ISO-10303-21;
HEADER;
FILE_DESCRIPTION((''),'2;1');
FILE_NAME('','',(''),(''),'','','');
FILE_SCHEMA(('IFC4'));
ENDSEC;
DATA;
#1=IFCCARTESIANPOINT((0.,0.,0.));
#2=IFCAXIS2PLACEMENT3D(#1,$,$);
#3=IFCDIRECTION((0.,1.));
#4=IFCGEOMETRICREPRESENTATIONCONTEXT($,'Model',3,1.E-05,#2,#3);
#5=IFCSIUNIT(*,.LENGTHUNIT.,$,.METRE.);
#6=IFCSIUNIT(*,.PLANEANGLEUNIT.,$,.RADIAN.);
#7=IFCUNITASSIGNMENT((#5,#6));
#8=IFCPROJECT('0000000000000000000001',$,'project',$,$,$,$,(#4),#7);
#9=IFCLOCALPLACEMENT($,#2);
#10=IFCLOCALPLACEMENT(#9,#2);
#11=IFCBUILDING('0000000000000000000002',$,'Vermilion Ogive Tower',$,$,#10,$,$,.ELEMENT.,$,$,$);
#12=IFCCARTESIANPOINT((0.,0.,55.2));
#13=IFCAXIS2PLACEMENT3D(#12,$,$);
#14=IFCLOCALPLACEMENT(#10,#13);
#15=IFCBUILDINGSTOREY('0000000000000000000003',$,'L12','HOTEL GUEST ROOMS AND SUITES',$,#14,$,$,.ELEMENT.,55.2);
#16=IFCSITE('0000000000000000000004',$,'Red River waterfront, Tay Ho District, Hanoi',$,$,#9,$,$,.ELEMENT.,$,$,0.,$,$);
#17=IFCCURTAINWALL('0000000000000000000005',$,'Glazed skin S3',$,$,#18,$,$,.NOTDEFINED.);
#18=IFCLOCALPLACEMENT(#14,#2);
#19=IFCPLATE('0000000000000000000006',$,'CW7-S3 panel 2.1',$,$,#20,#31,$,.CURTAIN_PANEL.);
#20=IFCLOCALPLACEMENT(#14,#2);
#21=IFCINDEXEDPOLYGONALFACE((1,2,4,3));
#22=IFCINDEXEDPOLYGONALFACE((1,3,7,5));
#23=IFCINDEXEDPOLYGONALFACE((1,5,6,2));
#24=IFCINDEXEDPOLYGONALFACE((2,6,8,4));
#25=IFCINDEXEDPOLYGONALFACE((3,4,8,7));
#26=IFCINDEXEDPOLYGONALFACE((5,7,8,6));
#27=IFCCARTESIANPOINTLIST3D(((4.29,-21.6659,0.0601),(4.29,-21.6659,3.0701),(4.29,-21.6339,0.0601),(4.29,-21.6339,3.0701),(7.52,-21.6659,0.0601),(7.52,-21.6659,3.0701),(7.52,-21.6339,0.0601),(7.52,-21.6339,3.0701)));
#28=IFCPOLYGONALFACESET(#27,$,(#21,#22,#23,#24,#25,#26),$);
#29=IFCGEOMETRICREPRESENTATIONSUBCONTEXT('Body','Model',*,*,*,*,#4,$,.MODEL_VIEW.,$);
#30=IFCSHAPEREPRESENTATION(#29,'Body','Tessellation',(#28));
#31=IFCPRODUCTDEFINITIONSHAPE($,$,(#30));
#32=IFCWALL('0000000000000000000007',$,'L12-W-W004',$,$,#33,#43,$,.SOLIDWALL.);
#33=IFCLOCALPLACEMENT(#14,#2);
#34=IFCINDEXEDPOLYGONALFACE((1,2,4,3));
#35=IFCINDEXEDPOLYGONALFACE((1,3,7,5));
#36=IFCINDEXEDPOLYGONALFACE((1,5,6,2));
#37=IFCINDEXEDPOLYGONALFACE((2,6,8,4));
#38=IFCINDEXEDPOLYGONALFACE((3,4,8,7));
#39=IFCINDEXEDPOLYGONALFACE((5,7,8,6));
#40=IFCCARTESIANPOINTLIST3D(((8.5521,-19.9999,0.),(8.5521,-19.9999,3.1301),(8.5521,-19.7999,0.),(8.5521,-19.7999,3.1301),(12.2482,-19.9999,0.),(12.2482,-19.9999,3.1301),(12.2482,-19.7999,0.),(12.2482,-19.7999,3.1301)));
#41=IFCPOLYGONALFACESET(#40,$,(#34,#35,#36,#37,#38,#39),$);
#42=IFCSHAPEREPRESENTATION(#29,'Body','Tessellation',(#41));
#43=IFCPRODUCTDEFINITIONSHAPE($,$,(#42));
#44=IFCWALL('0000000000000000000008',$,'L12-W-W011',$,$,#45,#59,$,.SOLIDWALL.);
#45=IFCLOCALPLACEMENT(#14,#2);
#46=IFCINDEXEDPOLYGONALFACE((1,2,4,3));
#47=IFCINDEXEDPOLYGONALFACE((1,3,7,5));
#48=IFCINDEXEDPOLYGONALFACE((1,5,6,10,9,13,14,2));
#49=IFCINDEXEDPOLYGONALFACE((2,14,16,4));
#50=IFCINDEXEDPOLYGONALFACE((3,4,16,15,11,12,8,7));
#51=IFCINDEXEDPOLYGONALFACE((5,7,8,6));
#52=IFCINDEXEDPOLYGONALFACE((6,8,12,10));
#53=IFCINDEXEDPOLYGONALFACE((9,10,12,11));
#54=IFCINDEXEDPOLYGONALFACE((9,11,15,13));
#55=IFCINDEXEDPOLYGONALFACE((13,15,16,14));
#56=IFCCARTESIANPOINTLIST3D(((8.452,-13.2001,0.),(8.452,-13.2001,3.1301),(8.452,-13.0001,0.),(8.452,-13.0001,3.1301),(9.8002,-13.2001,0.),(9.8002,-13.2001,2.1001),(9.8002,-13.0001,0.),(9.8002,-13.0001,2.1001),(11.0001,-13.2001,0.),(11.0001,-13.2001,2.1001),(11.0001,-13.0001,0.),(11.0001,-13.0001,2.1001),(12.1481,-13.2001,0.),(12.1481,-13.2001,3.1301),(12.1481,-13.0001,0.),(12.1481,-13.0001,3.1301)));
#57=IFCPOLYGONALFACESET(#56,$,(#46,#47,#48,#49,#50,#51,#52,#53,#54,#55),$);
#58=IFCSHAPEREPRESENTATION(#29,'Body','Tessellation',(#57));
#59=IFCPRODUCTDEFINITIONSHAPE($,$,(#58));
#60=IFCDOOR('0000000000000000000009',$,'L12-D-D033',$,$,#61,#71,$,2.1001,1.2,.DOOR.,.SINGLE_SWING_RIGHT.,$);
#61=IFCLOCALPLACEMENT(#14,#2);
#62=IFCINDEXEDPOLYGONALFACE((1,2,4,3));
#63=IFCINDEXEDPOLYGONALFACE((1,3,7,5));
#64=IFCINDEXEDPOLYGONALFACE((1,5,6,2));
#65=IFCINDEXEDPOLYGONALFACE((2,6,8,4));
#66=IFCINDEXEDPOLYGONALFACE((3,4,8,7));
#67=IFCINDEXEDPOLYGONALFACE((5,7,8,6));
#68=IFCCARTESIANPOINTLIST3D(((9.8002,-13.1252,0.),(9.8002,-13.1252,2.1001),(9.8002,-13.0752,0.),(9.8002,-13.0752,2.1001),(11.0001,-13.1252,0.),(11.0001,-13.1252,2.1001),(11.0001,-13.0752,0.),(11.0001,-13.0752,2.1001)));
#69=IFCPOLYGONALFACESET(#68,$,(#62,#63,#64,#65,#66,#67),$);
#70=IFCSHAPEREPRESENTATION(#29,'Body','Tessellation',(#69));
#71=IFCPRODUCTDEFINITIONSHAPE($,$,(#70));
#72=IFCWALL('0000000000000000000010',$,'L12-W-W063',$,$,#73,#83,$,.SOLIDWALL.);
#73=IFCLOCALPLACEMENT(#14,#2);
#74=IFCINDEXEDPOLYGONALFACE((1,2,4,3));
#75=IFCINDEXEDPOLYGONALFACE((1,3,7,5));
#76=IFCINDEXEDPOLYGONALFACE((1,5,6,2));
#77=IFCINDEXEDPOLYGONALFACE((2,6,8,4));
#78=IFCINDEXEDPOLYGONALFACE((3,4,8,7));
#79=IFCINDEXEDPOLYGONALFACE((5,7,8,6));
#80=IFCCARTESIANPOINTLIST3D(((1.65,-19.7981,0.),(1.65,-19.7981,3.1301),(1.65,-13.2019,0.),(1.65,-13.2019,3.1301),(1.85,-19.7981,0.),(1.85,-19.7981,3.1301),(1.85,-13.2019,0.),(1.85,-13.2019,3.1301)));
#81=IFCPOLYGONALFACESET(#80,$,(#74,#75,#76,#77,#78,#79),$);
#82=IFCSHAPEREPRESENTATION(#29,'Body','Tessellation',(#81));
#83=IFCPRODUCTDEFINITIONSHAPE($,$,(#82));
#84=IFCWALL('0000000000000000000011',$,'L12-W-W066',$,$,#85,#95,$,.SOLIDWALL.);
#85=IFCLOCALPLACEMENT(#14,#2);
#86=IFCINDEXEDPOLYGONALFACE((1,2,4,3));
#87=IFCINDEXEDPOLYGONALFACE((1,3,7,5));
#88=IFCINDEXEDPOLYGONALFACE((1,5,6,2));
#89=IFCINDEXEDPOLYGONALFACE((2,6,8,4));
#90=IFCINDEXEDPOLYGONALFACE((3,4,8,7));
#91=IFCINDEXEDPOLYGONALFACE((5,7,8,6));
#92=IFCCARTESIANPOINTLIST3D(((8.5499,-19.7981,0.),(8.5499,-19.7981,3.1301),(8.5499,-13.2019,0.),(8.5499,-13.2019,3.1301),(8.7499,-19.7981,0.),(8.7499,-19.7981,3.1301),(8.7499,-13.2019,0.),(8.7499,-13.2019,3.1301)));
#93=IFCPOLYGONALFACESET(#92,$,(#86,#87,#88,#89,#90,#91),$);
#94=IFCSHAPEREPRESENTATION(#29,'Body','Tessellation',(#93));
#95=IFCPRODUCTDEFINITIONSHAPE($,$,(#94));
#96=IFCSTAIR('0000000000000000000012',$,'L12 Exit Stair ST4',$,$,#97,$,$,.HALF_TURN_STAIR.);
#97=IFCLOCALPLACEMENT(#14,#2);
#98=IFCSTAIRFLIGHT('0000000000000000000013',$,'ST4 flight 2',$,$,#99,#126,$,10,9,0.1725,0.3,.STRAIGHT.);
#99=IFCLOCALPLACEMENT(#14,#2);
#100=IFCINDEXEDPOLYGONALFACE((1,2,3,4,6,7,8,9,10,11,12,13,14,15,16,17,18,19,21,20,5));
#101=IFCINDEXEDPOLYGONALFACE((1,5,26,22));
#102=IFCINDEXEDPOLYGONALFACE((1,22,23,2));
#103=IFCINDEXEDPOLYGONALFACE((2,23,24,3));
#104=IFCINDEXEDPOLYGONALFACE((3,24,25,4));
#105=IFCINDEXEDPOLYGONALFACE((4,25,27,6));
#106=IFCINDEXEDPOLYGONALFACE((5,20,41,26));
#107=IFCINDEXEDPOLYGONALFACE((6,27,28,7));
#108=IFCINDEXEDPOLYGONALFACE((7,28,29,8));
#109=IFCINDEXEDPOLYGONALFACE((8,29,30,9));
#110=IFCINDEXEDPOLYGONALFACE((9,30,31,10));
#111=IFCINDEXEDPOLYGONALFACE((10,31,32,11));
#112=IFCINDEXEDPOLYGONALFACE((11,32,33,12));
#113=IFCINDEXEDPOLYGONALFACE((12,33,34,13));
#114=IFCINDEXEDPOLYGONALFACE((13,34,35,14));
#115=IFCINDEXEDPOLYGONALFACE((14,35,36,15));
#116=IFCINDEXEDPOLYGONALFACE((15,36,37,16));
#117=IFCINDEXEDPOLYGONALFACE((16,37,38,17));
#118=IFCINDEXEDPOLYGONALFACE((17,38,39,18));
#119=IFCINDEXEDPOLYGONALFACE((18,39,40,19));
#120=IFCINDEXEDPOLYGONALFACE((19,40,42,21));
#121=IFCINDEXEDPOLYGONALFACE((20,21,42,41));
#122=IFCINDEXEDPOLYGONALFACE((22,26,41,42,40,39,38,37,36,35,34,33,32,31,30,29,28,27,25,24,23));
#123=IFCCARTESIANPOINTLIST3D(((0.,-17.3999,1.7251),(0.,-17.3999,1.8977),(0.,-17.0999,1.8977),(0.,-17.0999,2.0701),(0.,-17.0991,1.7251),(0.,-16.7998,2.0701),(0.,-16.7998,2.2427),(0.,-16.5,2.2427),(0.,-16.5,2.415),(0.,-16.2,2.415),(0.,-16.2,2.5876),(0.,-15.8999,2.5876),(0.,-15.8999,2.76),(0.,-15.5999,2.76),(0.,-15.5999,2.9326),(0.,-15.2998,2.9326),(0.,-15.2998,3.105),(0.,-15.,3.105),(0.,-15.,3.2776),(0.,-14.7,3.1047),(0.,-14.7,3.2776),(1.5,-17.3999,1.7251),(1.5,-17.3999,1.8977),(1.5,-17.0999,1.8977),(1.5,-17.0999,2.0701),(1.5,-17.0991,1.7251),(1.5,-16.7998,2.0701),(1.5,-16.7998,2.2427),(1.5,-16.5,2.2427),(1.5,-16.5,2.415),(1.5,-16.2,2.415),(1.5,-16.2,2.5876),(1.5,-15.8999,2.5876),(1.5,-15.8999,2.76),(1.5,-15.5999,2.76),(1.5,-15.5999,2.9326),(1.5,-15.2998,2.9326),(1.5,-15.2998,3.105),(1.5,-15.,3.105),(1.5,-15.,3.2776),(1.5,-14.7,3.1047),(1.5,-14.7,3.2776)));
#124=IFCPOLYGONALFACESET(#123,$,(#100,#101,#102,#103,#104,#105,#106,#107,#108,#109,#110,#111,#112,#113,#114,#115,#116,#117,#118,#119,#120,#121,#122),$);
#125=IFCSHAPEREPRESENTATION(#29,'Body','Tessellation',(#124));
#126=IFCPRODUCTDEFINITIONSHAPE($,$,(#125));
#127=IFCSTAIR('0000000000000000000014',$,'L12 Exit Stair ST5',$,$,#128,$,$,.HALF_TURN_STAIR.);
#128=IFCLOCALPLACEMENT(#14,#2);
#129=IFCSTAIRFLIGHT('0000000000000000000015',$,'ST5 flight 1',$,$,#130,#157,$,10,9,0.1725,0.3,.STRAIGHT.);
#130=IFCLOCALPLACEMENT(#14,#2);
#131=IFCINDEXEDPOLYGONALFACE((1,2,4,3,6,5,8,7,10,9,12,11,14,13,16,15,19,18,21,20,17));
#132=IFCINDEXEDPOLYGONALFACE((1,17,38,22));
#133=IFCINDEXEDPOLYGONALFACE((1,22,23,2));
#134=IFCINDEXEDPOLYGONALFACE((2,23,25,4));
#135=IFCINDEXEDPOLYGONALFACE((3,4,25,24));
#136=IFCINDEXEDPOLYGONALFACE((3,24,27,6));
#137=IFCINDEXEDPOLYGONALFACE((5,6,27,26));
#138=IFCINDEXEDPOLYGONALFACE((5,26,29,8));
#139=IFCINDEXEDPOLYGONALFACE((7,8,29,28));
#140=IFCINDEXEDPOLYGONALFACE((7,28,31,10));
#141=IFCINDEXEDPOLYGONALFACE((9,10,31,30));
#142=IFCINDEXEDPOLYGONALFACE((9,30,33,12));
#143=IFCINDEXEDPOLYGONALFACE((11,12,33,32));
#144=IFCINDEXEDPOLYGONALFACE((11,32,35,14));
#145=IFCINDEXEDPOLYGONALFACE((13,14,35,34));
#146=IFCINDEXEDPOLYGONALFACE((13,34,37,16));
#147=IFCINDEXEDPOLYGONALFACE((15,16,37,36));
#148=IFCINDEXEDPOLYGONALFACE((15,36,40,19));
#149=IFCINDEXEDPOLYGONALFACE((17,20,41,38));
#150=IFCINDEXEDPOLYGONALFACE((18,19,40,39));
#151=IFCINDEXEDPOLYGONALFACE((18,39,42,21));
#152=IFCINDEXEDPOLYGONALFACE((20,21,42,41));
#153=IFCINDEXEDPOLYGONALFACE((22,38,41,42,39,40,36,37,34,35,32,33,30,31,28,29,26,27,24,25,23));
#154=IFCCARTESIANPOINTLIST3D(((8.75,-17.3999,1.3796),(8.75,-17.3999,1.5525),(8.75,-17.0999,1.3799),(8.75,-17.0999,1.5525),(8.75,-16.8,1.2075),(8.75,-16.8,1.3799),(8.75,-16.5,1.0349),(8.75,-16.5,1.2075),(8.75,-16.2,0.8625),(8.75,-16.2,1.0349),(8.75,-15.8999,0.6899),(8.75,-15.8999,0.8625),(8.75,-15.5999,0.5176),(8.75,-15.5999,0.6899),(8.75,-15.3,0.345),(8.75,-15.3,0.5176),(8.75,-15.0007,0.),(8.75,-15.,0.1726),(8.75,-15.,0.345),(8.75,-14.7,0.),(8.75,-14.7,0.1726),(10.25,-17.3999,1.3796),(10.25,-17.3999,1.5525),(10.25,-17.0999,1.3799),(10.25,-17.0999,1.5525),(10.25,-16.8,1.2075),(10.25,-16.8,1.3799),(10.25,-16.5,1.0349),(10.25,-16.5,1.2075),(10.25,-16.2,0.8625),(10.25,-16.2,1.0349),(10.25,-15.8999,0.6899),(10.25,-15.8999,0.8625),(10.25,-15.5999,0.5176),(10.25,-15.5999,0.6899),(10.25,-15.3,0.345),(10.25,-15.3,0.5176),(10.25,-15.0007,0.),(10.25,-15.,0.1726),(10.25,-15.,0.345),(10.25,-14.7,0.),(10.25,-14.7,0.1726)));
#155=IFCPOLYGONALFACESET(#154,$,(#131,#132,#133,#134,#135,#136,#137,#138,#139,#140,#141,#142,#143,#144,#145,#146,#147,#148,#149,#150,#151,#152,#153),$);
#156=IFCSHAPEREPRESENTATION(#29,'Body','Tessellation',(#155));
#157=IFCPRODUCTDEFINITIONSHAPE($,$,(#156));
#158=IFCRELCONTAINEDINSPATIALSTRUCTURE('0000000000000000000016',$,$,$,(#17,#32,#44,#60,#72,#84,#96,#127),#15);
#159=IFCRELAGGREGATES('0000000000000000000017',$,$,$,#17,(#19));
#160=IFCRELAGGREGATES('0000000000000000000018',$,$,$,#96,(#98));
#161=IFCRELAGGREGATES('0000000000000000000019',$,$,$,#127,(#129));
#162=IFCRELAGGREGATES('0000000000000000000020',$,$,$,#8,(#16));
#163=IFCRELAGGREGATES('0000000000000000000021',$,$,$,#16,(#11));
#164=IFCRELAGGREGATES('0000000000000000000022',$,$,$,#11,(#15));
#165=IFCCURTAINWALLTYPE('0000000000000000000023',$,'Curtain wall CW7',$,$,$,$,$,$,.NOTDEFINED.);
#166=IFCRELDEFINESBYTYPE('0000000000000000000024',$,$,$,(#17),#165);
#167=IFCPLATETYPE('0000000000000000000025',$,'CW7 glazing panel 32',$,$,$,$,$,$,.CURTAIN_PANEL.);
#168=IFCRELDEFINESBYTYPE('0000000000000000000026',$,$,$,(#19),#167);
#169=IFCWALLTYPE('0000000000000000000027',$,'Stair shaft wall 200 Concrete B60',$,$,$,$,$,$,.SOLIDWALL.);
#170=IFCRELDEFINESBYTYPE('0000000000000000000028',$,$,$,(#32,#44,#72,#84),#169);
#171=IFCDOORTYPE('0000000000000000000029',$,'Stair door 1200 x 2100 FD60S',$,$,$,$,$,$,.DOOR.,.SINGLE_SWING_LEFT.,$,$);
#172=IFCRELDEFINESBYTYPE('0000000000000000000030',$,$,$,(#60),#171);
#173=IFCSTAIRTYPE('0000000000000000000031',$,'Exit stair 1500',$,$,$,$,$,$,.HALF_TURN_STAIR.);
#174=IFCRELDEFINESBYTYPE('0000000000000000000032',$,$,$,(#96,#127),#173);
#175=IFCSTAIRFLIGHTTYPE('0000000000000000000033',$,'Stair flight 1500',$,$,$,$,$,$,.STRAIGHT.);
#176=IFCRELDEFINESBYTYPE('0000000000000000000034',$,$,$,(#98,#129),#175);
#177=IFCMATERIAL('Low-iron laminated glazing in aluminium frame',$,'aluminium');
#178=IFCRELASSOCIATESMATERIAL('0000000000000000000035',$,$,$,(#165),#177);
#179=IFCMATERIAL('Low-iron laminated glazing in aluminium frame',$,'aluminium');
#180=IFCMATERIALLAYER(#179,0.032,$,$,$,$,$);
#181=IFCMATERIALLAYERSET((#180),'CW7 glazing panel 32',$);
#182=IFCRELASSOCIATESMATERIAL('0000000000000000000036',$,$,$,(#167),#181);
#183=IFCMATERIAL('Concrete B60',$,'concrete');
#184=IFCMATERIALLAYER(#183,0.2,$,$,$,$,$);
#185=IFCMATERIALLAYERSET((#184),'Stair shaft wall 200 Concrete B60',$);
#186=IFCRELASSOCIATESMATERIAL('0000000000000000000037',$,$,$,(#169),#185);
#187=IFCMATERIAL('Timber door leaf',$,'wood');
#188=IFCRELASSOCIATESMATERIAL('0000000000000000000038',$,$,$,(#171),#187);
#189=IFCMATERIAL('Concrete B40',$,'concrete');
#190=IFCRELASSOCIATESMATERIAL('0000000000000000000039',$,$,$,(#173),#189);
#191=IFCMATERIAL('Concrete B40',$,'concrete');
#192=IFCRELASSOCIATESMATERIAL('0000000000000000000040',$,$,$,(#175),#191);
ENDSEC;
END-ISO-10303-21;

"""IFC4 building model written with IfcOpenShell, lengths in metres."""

from ifc_helpers import new_model, si_unit, direction, frame, frame_2d, origin, origin_2d, place, context, subcontext, project, spatial, polyline, rectangle, outline, extrude, material, layer, layer_set, type_object, element, fill, aggregate, save


model = new_model("IFC4")

# Units and contexts
model_context = context("Model", 3, precision=1e-05, world=origin(), true_north=direction((0.0, 1.0)))
body_context = subcontext(model_context, "Body", "Model", "MODEL_VIEW")
ifc_project = project(units=[si_unit("LENGTHUNIT", "METRE"), si_unit("PLANEANGLEUNIT", "RADIAN")], contexts=[model_context])

# Site, building, storey
site_placement = place(None, origin())
site = spatial("IfcSite", under=ifc_project, at=site_placement, Name="Red River waterfront, Tay Ho District, Hanoi", CompositionType="ELEMENT", RefElevation=0.0)
building_placement = place(site_placement, origin())
building = spatial("IfcBuilding", under=site, at=building_placement, Name="Vermilion Ogive Tower", CompositionType="ELEMENT")
storey_placement = place(building_placement, frame((0.0, 0.0, 55.2)))
storey = spatial("IfcBuildingStorey", under=building, at=storey_placement, Name="L12", Description="HOTEL GUEST ROOMS AND SUITES", CompositionType="ELEMENT", Elevation=55.2)

# Curtain wall
ifc_material_1 = material(Name="Low-iron laminated glazing in aluminium frame", Category="aluminium")
curtain_wall_type = type_object("IfcCurtainWallType", Name="Curtain wall CW7", PredefinedType="NOTDEFINED", material=ifc_material_1)
curtain_wall_1_placement = place(storey_placement, origin())
curtain_wall_1 = element("IfcCurtainWall", 1, at=curtain_wall_1_placement, inside=storey, type_object=curtain_wall_type, Name="Glazed skin S3", PredefinedType="NOTDEFINED")

# Plate
ifc_material_2 = material(Name="Low-iron laminated glazing in aluminium frame", Category="aluminium")
ifc_layer_1 = layer(ifc_material_2, 0.032)
ifc_layer_set_1 = layer_set([ifc_layer_1], Name="CW7 glazing panel 32")
plate_type = type_object("IfcPlateType", Name="CW7 glazing panel 32", PredefinedType="CURTAIN_PANEL", material=ifc_layer_set_1)
plate_1_placement = place(storey_placement, frame((5.905, -21.6499, 0.0601), z_axis=(0.0, 0.0, 1.0), x_axis=(1.0, 0.0, 0.0)))
plate_1 = element("IfcPlate", 2, at=plate_1_placement, type_object=plate_type, Name="CW7-S3 panel 2.1", PredefinedType="CURTAIN_PANEL", context=body_context, shape_type="SweptSolid", body=[
    extrude(rectangle(XDim=3.23, YDim=0.032, at=origin_2d()), origin(), (0.0, 0.0, 1.0), 3.01),
])
aggregate(curtain_wall_1, [plate_1])

# Wall
ifc_material_3 = material(Name="Concrete B60", Category="concrete")
ifc_layer_2 = layer(ifc_material_3, 0.2)
ifc_layer_set_2 = layer_set([ifc_layer_2], Name="Stair shaft wall 200 Concrete B60")
wall_type = type_object("IfcWallType", Name="Stair shaft wall 200 Concrete B60", PredefinedType="SOLIDWALL", material=ifc_layer_set_2)
wall_1_placement = place(storey_placement, frame((8.552, -19.8999, 0.0), z_axis=(0.0, 0.0, 1.0), x_axis=(1.0, 0.0, 0.0)))
element("IfcWall", 3, at=wall_1_placement, inside=storey, type_object=wall_type, Name="L12-W-W004", PredefinedType="SOLIDWALL", context=body_context, shape_type="SweptSolid", body=[
    extrude(rectangle(XDim=3.696, YDim=0.2, at=frame_2d((1.8481, 0.0))), origin(), (0.0, 0.0, 1.0), 3.1301),
])

# Wall, opening, door
wall_2_placement = place(storey_placement, frame((8.4519, -13.1001, 0.0), z_axis=(0.0, 0.0, 1.0), x_axis=(1.0, 0.0, 0.0)))
wall_2 = element("IfcWall", 4, at=wall_2_placement, inside=storey, type_object=wall_type, Name="L12-W-W011", PredefinedType="SOLIDWALL", context=body_context, shape_type="SweptSolid", body=[
    extrude(rectangle(XDim=3.696, YDim=0.2, at=frame_2d((1.8481, 0.0))), origin(), (0.0, 0.0, 1.0), 3.1301),
])
opening_placement = place(wall_2_placement, frame((1.3481, 0.0, 0.0)))
opening = element("IfcOpeningElement", 5, at=opening_placement, cuts=wall_2, PredefinedType="OPENING", context=body_context, shape_type="SweptSolid", body=[
    extrude(rectangle(XDim=1.2, YDim=2.1001, at=frame_2d((0.6001, 1.05))), frame((0.0, 0.1099, 0.0), z_axis=(0.0, -1.0, 0.0), x_axis=(1.0, 0.0, 0.0)), (0.0, 0.0, 1.0), 0.22),
])
ifc_material_4 = material(Name="Timber door leaf", Category="wood")
door_type = type_object("IfcDoorType", Name="Stair door 1200 x 2100 FD60S", OperationType="SINGLE_SWING_LEFT", PredefinedType="DOOR", material=ifc_material_4)
door_placement = place(opening_placement, origin())
door = element("IfcDoor", 6, at=door_placement, inside=storey, type_object=door_type, Name="L12-D-D033", OperationType="SINGLE_SWING_RIGHT", OverallHeight=2.1001, OverallWidth=1.2, PredefinedType="DOOR", context=body_context, shape_type="SweptSolid", body=[
    extrude(rectangle(XDim=1.2, YDim=2.1001, at=frame_2d((0.6001, 1.05))), frame((0.0, 0.0249, 0.0), z_axis=(0.0, -1.0, 0.0), x_axis=(1.0, 0.0, 0.0)), (0.0, 0.0, 1.0), 0.05),
])
fill(opening, door)

# Walls
for number, where, z_axis, x_axis, name in (
    (7, (1.75, -19.7981, 0.0), (0.0, 0.0, 1.0), (0.0, 1.0, 0.0), "L12-W-W063"),
    (8, (8.6499, -19.7981, 0.0), (0.0, 0.0, 1.0), (0.0, 1.0, 0.0), "L12-W-W066"),
):
    element("IfcWall", number, at=place(storey_placement, frame(where, z_axis=z_axis, x_axis=x_axis)), inside=storey, type_object=wall_type, Name=name, PredefinedType="SOLIDWALL", context=body_context, shape_type="SweptSolid", body=[
        extrude(rectangle(XDim=6.5962, YDim=0.2, at=frame_2d((3.2981, 0.0))), origin(), (0.0, 0.0, 1.0), 3.1301),
    ])

# Stairs, stair flights
ifc_material_5 = material(Name="Concrete B40", Category="concrete")
stair_type = type_object("IfcStairType", Name="Exit stair 1500", PredefinedType="HALF_TURN_STAIR", material=ifc_material_5)
stair_1_placement = place(storey_placement, origin())
stair_1 = element("IfcStair", 9, at=stair_1_placement, inside=storey, type_object=stair_type, Name="L12 Exit Stair ST4", PredefinedType="HALF_TURN_STAIR")
ifc_material_6 = material(Name="Concrete B40", Category="concrete")
stair_flight_type = type_object("IfcStairFlightType", Name="Stair flight 1500", PredefinedType="STRAIGHT", material=ifc_material_6)
stair_flight_1_placement = place(storey_placement, frame((0.75, -17.3999, 1.7251), z_axis=(0.0, 0.0, 1.0), x_axis=(0.0, 1.0, 0.0)))
stair_flight_1 = element("IfcStairFlight", 10, at=stair_flight_1_placement, type_object=stair_flight_type, Name="ST4 flight 2", NumberOfRisers=10, NumberOfTreads=9, PredefinedType="STRAIGHT", RiserHeight=0.1725, TreadLength=0.3, context=body_context, shape_type="SweptSolid", body=[
    extrude(outline(polyline([(0.0, 0.0), (0.0, 0.1726), (0.3, 0.1726), (0.3, 0.345), (0.6001, 0.345), (0.6001, 0.5176), (0.8999, 0.5176), (0.8999, 0.6899), (1.2, 0.6899), (1.2, 0.8625), (1.5, 0.8625), (1.5, 1.0349), (1.8, 1.0349), (1.8, 1.2075), (2.1001, 1.2075), (2.1001, 1.3799), (2.3999, 1.3799), (2.3999, 1.5525), (2.7, 1.5525), (2.7, 1.7251), (2.7, 1.3796), (0.3008, 0.0), (0.0, 0.0)])), frame((0.0, 0.75, 0.0), z_axis=(0.0, -1.0, 0.0), x_axis=(1.0, 0.0, 0.0)), (0.0, 0.0, 1.0), 1.5),
])
aggregate(stair_1, [stair_flight_1])
stair_2_placement = place(storey_placement, origin())
stair_2 = element("IfcStair", 11, at=stair_2_placement, inside=storey, type_object=stair_type, Name="L12 Exit Stair ST5", PredefinedType="HALF_TURN_STAIR")
stair_flight_2_placement = place(storey_placement, frame((9.5, -14.7, 0.0), z_axis=(0.0, 0.0, 1.0), x_axis=(0.0, -1.0, 0.0)))
stair_flight_2 = element("IfcStairFlight", 12, at=stair_flight_2_placement, type_object=stair_flight_type, Name="ST5 flight 1", NumberOfRisers=10, NumberOfTreads=9, PredefinedType="STRAIGHT", RiserHeight=0.1725, TreadLength=0.3, context=body_context, shape_type="SweptSolid", body=[
    extrude(outline(polyline([(0.0, 0.0), (0.0, 0.1726), (0.3, 0.1726), (0.3, 0.345), (0.6001, 0.345), (0.6001, 0.5176), (0.8999, 0.5176), (0.8999, 0.6899), (1.2, 0.6899), (1.2, 0.8625), (1.5, 0.8625), (1.5, 1.0349), (1.8, 1.0349), (1.8, 1.2075), (2.1001, 1.2075), (2.1001, 1.3799), (2.3999, 1.3799), (2.3999, 1.5525), (2.7, 1.5525), (2.7, 1.7251), (2.7, 1.3796), (0.3008, 0.0), (0.0, 0.0)])), frame((0.0, 0.75, 0.0), z_axis=(0.0, -1.0, 0.0), x_axis=(1.0, 0.0, 0.0)), (0.0, 0.0, 1.0), 1.5),
])
aggregate(stair_2, [stair_flight_2])

save(model, "model.ifc")
